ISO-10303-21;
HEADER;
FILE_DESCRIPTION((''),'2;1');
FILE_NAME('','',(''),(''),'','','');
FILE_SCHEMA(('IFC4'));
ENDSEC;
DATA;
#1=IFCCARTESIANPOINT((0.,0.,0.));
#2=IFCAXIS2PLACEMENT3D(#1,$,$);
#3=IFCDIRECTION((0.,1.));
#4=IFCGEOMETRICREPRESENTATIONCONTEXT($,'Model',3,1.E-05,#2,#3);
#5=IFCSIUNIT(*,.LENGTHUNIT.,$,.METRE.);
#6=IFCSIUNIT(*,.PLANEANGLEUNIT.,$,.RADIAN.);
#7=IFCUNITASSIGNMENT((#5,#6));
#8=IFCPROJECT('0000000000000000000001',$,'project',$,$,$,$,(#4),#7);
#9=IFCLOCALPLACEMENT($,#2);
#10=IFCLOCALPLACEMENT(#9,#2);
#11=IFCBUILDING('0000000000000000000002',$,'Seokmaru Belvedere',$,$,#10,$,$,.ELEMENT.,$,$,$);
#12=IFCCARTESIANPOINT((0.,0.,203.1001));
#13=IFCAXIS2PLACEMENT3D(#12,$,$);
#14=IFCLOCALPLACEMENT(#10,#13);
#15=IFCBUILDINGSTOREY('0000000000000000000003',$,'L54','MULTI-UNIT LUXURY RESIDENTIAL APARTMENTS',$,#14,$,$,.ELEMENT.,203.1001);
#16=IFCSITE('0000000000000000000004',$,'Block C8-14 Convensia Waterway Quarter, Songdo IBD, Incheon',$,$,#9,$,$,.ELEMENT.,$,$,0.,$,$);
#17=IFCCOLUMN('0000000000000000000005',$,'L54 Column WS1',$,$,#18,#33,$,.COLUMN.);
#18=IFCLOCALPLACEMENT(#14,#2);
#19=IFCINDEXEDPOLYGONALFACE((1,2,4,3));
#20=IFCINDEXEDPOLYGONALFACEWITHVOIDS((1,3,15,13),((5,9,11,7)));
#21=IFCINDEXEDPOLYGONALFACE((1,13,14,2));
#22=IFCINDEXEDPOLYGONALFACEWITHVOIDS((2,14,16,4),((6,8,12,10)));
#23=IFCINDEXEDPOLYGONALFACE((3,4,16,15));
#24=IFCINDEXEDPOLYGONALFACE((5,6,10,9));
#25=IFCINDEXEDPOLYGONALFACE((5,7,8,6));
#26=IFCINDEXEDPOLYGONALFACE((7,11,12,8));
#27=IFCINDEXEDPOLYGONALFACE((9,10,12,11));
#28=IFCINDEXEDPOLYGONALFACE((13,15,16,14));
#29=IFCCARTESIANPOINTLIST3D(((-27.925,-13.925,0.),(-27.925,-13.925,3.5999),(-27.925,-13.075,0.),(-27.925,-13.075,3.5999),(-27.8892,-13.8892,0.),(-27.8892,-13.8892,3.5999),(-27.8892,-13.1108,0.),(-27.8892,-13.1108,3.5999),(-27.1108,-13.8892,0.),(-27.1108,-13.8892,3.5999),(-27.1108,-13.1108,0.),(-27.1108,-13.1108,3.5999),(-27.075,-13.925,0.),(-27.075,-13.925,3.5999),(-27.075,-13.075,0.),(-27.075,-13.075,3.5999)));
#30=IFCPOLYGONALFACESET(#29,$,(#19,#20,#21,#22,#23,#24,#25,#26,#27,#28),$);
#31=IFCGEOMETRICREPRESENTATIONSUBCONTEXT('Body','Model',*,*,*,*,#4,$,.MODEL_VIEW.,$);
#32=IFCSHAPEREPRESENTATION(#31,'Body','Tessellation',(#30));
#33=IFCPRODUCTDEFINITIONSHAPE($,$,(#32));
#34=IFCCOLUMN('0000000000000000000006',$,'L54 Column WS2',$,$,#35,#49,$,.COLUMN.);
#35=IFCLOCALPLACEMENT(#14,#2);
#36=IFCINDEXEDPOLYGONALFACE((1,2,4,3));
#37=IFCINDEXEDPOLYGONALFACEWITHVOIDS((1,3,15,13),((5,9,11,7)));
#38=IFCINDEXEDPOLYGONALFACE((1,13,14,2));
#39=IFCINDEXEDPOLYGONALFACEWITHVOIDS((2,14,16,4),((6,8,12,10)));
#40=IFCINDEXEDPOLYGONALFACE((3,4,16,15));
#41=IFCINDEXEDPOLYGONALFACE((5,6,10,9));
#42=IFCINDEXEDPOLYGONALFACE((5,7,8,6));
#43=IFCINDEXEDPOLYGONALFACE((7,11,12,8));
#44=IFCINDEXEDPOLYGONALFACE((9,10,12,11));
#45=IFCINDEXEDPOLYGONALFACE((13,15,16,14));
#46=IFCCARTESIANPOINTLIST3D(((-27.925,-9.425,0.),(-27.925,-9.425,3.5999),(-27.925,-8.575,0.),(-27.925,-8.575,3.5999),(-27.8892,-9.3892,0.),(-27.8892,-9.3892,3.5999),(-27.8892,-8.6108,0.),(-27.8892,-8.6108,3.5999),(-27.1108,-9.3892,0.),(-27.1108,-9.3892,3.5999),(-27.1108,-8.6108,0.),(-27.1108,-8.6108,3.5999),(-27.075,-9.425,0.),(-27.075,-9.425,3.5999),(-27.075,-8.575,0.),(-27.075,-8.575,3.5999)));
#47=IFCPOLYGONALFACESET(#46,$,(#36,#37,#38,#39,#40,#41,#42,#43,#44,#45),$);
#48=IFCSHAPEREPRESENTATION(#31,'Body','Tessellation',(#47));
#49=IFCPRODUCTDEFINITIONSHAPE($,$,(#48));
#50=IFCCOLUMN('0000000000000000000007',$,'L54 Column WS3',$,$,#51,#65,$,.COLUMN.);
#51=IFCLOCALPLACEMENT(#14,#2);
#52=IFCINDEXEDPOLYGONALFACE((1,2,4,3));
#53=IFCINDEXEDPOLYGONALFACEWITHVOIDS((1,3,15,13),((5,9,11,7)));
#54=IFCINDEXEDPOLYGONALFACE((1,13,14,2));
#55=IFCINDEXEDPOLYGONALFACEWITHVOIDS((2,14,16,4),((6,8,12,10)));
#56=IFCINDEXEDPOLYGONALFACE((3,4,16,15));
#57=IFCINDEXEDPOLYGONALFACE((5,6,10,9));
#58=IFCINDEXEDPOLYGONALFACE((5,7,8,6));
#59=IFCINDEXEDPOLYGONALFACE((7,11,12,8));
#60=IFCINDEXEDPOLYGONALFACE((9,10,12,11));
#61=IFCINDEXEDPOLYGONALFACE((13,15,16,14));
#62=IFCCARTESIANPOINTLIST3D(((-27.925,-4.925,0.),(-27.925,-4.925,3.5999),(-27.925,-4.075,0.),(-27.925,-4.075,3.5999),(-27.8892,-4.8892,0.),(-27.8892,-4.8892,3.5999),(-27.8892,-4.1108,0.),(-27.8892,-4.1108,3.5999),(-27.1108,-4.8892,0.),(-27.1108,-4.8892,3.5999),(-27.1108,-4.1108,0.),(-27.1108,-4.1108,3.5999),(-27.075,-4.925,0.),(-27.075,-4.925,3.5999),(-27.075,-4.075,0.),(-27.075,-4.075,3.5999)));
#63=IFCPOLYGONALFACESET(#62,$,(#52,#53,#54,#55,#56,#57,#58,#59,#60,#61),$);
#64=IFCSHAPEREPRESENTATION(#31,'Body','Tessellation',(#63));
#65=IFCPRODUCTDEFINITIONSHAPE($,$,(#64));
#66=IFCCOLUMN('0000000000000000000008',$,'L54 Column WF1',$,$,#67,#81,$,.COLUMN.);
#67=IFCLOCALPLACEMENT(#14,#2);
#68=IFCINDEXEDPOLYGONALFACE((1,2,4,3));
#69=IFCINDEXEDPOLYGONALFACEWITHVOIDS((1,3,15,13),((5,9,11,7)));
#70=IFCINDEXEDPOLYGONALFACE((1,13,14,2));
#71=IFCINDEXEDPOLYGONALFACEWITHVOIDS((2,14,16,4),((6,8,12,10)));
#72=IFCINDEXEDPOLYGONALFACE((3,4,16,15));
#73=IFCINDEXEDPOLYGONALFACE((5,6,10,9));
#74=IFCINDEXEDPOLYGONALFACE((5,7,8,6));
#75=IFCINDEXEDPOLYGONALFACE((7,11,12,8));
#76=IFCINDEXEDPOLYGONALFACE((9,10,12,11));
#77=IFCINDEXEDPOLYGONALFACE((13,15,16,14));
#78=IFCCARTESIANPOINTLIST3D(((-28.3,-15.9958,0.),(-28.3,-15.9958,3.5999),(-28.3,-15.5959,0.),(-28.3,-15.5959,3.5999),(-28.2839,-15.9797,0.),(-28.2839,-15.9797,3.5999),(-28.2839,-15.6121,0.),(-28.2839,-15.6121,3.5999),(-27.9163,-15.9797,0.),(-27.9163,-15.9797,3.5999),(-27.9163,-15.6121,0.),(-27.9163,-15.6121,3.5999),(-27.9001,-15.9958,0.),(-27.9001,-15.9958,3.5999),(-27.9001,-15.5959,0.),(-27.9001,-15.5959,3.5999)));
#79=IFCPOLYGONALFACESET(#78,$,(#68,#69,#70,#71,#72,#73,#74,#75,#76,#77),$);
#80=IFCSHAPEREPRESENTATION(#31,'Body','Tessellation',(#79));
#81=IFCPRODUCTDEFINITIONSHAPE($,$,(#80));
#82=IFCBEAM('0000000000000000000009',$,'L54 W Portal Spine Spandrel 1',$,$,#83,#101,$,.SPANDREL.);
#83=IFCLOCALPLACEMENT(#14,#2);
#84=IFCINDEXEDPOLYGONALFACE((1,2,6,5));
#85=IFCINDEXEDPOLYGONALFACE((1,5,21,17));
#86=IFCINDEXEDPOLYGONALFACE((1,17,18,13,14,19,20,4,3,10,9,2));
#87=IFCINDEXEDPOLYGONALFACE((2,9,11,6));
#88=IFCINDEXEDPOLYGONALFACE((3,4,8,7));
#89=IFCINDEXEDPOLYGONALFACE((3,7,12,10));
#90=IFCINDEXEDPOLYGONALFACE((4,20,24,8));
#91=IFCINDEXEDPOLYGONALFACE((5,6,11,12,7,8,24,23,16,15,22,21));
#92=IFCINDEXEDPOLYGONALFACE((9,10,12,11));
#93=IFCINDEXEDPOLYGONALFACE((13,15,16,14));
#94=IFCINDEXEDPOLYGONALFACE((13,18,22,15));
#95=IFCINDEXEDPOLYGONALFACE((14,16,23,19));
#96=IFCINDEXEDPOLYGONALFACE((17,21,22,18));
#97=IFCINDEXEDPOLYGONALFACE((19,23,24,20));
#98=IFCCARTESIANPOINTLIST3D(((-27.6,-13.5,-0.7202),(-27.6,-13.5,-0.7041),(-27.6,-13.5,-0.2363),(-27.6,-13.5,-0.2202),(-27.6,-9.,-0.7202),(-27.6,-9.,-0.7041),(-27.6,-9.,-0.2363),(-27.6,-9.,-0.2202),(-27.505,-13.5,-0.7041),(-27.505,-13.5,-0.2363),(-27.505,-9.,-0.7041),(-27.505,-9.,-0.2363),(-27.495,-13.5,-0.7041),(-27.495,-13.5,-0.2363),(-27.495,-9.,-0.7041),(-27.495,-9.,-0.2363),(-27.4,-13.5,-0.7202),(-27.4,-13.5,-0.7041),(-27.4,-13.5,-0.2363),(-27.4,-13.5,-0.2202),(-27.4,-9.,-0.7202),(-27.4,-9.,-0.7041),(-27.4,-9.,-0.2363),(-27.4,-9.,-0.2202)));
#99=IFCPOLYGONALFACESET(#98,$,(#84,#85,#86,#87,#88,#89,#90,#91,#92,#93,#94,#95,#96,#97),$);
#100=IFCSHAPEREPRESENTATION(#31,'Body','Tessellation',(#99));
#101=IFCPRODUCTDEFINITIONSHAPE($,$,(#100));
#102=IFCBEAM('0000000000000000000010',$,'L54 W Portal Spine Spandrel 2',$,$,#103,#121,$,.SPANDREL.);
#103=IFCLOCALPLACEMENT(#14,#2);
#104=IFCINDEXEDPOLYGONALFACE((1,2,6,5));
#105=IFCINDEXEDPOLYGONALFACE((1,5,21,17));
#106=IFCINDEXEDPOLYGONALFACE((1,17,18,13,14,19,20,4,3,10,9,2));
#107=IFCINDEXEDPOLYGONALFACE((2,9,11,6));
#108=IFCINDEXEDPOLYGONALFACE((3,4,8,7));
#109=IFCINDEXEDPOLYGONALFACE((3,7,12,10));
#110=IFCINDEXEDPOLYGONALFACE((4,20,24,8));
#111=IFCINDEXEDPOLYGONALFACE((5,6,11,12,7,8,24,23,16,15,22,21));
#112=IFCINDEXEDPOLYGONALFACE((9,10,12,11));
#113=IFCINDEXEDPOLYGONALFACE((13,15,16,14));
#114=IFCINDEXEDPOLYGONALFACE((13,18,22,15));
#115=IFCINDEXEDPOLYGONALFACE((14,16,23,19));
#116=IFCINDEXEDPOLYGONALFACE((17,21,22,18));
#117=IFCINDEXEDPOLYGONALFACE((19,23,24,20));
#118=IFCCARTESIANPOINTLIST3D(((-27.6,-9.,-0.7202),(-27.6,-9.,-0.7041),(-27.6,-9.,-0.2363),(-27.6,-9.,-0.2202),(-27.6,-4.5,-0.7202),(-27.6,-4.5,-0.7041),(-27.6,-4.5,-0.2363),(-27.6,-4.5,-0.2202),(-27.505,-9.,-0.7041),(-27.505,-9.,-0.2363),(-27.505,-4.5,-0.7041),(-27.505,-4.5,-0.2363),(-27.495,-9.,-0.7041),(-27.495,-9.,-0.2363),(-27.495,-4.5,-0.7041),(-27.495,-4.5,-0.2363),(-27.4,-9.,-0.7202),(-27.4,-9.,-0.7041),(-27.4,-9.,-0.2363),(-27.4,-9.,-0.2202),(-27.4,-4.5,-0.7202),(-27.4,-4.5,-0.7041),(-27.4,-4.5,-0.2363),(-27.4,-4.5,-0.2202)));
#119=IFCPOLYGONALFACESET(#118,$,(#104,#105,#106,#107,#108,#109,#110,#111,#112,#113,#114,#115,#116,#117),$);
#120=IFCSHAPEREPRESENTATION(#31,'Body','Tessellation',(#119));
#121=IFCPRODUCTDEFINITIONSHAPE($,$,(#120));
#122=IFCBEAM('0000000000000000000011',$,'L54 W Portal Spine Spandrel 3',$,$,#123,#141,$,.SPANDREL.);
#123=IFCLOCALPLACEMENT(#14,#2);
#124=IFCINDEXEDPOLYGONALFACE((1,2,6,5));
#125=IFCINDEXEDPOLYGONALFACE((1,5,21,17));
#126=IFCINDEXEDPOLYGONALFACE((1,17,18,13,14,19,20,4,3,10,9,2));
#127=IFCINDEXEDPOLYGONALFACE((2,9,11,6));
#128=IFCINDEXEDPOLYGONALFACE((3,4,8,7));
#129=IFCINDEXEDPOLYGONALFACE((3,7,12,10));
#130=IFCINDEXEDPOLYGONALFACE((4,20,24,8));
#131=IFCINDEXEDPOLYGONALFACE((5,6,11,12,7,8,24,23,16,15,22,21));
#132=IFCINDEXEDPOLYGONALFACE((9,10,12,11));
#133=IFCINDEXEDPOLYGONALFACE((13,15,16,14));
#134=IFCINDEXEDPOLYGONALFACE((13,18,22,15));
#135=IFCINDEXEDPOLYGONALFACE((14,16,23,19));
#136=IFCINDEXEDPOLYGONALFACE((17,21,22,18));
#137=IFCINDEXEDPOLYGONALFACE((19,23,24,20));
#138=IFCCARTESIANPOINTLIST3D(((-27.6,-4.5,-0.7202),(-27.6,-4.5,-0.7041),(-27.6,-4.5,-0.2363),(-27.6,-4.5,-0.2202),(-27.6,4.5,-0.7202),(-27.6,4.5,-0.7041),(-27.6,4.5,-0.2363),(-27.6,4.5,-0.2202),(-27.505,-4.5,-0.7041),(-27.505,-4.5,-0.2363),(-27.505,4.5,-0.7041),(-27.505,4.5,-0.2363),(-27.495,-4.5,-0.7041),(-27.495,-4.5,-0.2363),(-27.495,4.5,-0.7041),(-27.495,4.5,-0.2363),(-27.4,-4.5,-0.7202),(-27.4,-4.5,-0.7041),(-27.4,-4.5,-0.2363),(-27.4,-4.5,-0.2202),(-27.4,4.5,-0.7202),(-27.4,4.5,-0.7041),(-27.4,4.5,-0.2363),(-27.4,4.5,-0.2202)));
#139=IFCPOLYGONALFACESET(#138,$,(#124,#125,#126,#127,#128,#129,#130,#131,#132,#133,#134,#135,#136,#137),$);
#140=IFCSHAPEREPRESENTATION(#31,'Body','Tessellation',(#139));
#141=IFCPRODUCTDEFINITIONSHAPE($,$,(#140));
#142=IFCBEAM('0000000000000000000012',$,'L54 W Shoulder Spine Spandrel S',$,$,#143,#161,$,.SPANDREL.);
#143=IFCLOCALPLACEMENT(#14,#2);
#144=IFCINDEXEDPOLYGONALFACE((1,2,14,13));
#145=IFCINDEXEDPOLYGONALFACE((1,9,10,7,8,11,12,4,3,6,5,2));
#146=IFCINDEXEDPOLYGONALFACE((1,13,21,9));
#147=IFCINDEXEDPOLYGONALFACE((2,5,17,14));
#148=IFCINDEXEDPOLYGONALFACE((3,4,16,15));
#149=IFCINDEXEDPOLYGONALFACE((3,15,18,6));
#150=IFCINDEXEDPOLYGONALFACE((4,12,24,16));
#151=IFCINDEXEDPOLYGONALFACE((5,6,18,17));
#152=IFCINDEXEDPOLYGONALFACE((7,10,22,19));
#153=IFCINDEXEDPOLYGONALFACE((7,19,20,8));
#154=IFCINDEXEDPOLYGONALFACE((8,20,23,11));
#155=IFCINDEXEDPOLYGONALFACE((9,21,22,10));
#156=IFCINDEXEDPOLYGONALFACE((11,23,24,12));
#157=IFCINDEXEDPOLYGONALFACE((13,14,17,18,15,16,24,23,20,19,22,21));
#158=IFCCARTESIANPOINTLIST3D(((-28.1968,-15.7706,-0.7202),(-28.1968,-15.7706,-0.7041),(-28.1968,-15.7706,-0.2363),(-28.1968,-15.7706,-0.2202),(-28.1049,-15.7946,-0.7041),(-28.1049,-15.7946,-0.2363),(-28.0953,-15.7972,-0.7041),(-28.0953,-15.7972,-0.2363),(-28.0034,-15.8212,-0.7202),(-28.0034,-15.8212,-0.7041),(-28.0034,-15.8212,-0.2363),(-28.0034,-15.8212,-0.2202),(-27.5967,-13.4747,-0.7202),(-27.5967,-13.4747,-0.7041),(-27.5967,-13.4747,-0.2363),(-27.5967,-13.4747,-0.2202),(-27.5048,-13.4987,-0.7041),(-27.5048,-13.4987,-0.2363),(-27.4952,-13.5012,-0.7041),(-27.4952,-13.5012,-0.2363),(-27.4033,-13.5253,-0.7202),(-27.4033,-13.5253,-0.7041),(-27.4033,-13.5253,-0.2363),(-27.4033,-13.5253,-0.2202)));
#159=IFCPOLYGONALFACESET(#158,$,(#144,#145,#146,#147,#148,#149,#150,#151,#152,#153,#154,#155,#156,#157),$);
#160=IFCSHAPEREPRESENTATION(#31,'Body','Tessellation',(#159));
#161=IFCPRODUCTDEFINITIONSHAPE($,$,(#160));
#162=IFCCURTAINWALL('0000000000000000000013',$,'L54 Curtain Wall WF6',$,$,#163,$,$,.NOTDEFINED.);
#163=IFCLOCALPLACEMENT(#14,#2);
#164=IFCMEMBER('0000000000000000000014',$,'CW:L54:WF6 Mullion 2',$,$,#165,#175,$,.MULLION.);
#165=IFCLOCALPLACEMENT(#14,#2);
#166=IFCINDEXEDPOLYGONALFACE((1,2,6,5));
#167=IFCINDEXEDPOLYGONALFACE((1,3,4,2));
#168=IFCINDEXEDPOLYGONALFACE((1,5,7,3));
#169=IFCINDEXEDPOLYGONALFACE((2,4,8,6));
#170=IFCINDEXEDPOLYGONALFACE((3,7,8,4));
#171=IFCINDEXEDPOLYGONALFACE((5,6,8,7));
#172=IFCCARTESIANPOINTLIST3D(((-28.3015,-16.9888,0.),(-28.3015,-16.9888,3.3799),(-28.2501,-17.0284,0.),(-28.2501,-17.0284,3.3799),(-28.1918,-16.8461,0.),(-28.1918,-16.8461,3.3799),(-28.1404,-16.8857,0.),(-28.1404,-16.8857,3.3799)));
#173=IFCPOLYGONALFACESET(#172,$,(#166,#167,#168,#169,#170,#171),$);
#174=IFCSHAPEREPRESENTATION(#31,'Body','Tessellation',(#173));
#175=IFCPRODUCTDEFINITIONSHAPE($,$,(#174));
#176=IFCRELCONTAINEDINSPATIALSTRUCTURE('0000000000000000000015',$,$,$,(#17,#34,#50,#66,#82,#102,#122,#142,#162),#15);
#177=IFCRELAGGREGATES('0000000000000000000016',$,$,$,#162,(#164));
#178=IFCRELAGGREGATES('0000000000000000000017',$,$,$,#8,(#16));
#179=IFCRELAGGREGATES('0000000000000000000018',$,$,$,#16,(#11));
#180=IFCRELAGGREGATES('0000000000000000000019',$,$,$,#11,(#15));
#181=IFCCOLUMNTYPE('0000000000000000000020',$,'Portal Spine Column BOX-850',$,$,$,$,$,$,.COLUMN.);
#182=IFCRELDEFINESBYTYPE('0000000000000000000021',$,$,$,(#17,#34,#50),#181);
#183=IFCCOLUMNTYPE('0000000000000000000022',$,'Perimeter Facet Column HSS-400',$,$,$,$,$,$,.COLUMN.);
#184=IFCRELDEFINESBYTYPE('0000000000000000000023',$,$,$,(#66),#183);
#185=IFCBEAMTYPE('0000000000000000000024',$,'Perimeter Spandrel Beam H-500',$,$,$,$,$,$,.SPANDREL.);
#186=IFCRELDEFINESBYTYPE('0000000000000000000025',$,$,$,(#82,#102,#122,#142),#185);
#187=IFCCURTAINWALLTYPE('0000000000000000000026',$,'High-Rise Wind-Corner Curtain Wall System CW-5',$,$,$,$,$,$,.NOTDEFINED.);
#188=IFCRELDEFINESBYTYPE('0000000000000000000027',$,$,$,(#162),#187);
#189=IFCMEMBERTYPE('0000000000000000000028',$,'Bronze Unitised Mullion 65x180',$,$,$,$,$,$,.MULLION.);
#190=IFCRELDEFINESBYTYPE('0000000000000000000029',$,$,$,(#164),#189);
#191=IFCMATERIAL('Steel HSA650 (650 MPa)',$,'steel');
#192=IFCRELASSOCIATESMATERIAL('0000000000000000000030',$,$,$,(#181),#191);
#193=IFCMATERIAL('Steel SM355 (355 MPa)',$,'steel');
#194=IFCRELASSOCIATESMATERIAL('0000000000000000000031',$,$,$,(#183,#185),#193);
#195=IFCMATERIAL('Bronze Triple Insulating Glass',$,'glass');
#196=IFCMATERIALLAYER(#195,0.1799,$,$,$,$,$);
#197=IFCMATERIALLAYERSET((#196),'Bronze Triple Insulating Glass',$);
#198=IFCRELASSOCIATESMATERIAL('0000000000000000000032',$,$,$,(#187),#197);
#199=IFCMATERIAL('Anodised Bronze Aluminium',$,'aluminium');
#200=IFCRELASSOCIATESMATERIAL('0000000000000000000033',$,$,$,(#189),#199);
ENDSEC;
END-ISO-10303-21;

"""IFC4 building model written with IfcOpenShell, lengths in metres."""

from ifc_helpers import new_model, si_unit, direction, frame, origin, origin_2d, place, context, subcontext, project, spatial, rectangle, hollow_rectangle, i_section, extrude, source, transform, mapped, material, layer, layer_set, material_profile, profile_set, type_object, type_shapes, element, aggregate, save


model = new_model("IFC4")

# Units and contexts
model_context = context("Model", 3, precision=1e-05, world=origin(), true_north=direction((0.0, 1.0)))
body_context = subcontext(model_context, "Body", "Model", "MODEL_VIEW")
ifc_project = project(units=[si_unit("LENGTHUNIT", "METRE"), si_unit("PLANEANGLEUNIT", "RADIAN")], contexts=[model_context])

# Site, building, storey
site_placement = place(None, origin())
site = spatial("IfcSite", under=ifc_project, at=site_placement, Name="Block C8-14 Convensia Waterway Quarter, Songdo IBD, Incheon", CompositionType="ELEMENT", RefElevation=0.0)
building_placement = place(site_placement, origin())
building = spatial("IfcBuilding", under=site, at=building_placement, Name="Seokmaru Belvedere", CompositionType="ELEMENT")
storey_placement = place(building_placement, frame((0.0, 0.0, 203.1001)))
storey = spatial("IfcBuildingStorey", under=building, at=storey_placement, Name="L54", Description="MULTI-UNIT LUXURY RESIDENTIAL APARTMENTS", CompositionType="ELEMENT", Elevation=203.1001)

# Columns
ifc_material_1 = material(Name="Steel HSA650 (650 MPa)", Category="steel")
ifc_material_profile_1 = material_profile(ifc_material_1, hollow_rectangle(XDim=0.8501, YDim=0.8501, WallThickness=0.0359, at=origin_2d()), Name="BOX-850x850x36")
ifc_profile_set_1 = profile_set([ifc_material_profile_1], Name="Steel HSA650 (650 MPa)")
column_type_1 = type_object("IfcColumnType", Name="Portal Spine Column BOX-850", PredefinedType="COLUMN", material=ifc_profile_set_1)
shared_shape_1 = source(origin(), body_context, "Body", "SweptSolid", [
    extrude(hollow_rectangle(XDim=0.8501, YDim=0.8501, WallThickness=0.0359, at=origin_2d()), origin(), (0.0, 0.0, 1.0), 3.5999),
])
type_shapes(column_type_1, [shared_shape_1])
for number, where, z_axis, x_axis, name in (
    (1, (-27.5, -13.5, 0.0), (0.0, 0.0, 1.0), (1.0, 0.0, 0.0), "L54 Column WS1"),
    (2, (-27.5, -9.0, 0.0), (0.0, 0.0, 1.0), (1.0, 0.0, 0.0), "L54 Column WS2"),
    (3, (-27.5, -4.5, 0.0), (0.0, 0.0, 1.0), (1.0, 0.0, 0.0), "L54 Column WS3"),
):
    element("IfcColumn", number, at=place(storey_placement, frame(where, z_axis=z_axis, x_axis=x_axis)), inside=storey, type_object=column_type_1, Name=name, PredefinedType="COLUMN", context=body_context, shape_type="MappedRepresentation", body=[
        mapped(shared_shape_1, transform((0.0, 0.0, 0.0), scale=1.0)),
    ])
ifc_material_2 = material(Name="Steel SM355 (355 MPa)", Category="steel")
ifc_material_profile_2 = material_profile(ifc_material_2, hollow_rectangle(XDim=0.3999, YDim=0.3999, WallThickness=0.0161, at=origin_2d()), Name="HSS-400x400x16")
ifc_profile_set_2 = profile_set([ifc_material_profile_2], Name="Steel SM355 (355 MPa)")
column_type_2 = type_object("IfcColumnType", Name="Perimeter Facet Column HSS-400", PredefinedType="COLUMN", material=ifc_profile_set_2)
shared_shape_2 = source(origin(), body_context, "Body", "SweptSolid", [
    extrude(hollow_rectangle(XDim=0.3999, YDim=0.3999, WallThickness=0.0161, at=origin_2d()), origin(), (0.0, 0.0, 1.0), 3.5999),
])
type_shapes(column_type_2, [shared_shape_2])
column_placement = place(storey_placement, frame((-28.1001, -15.7959, 0.0), z_axis=(0.0, 0.0, 1.0), x_axis=(1.0, 0.0, 0.0)))
element("IfcColumn", 4, at=column_placement, inside=storey, type_object=column_type_2, Name="L54 Column WF1", PredefinedType="COLUMN", context=body_context, shape_type="MappedRepresentation", body=[
    mapped(shared_shape_2, transform((0.0, 0.0, 0.0), scale=1.0)),
])

# Beams
ifc_material_profile_3 = material_profile(ifc_material_2, i_section(OverallWidth=0.2, OverallDepth=0.5, WebThickness=0.01, FlangeThickness=0.0161, at=origin_2d()), Name="H-500x200x10x16")
ifc_profile_set_3 = profile_set([ifc_material_profile_3], Name="Steel SM355 (355 MPa)")
beam_type_1 = type_object("IfcBeamType", Name="Perimeter Spandrel Beam H-500", PredefinedType="SPANDREL", material=ifc_profile_set_3)
shared_shape_3 = source(origin(), body_context, "Body", "SweptSolid", [
    extrude(i_section(OverallWidth=0.2, OverallDepth=0.5, WebThickness=0.01, FlangeThickness=0.0161, at=origin_2d()), origin(), (0.0, 0.0, 1.0), 4.5),
])
for number, where, z_axis, x_axis, name in (
    (5, (-27.5, -13.5, -0.4702), (0.0, 1.0, 0.0), (-1.0, 0.0, 0.0), "L54 W Portal Spine Spandrel 1"),
    (6, (-27.5, -9.0, -0.4702), (0.0, 1.0, 0.0), (-1.0, 0.0, 0.0), "L54 W Portal Spine Spandrel 2"),
):
    element("IfcBeam", number, at=place(storey_placement, frame(where, z_axis=z_axis, x_axis=x_axis)), inside=storey, type_object=beam_type_1, Name=name, PredefinedType="SPANDREL", context=body_context, shape_type="MappedRepresentation", body=[
        mapped(shared_shape_3, transform((0.0, 0.0, 0.0), scale=1.0)),
    ])
shared_shape_4 = source(origin(), body_context, "Body", "SweptSolid", [
    extrude(i_section(OverallWidth=0.2, OverallDepth=0.5, WebThickness=0.01, FlangeThickness=0.0161, at=origin_2d()), origin(), (0.0, 0.0, 1.0), 9.0),
])
beam_1_placement = place(storey_placement, frame((-27.5, -4.5, -0.4702), z_axis=(0.0, 1.0, 0.0), x_axis=(-1.0, 0.0, 0.0)))
element("IfcBeam", 7, at=beam_1_placement, inside=storey, type_object=beam_type_1, Name="L54 W Portal Spine Spandrel 3", PredefinedType="SPANDREL", context=body_context, shape_type="MappedRepresentation", body=[
    mapped(shared_shape_4, transform((0.0, 0.0, 0.0), scale=1.0)),
])
shared_shape_5 = source(origin(), body_context, "Body", "SweptSolid", [
    extrude(i_section(OverallWidth=0.2, OverallDepth=0.5, WebThickness=0.01, FlangeThickness=0.0161, at=origin_2d()), origin(), (0.0, 0.0, 1.0), 2.373),
])
type_shapes(beam_type_1, [shared_shape_3, shared_shape_4, shared_shape_5])
beam_2_placement = place(storey_placement, frame((-28.1001, -15.7959, -0.4702), z_axis=(0.252883, 0.967497, 0.0), x_axis=(-0.967497, 0.252883, 0.0)))
element("IfcBeam", 8, at=beam_2_placement, inside=storey, type_object=beam_type_1, Name="L54 W Shoulder Spine Spandrel S", PredefinedType="SPANDREL", context=body_context, shape_type="MappedRepresentation", body=[
    mapped(shared_shape_5, transform((0.0, 0.0, 0.0), scale=1.0)),
])

# Curtain wall, member
ifc_material_3 = material(Name="Bronze Triple Insulating Glass", Category="glass")
ifc_layer_1 = layer(ifc_material_3, 0.1799)
ifc_layer_set_1 = layer_set([ifc_layer_1], Name="Bronze Triple Insulating Glass")
curtain_wall_type = type_object("IfcCurtainWallType", Name="High-Rise Wind-Corner Curtain Wall System CW-5", PredefinedType="NOTDEFINED", material=ifc_layer_set_1)
curtain_wall_placement = place(storey_placement, origin())
curtain_wall = element("IfcCurtainWall", 9, at=curtain_wall_placement, inside=storey, type_object=curtain_wall_type, Name="L54 Curtain Wall WF6", PredefinedType="NOTDEFINED")
ifc_material_4 = material(Name="Anodised Bronze Aluminium", Category="aluminium")
ifc_material_profile_4 = material_profile(ifc_material_4, rectangle(XDim=0.0649, YDim=0.1799, at=origin_2d()), Name="CW-M-65x180")
ifc_profile_set_4 = profile_set([ifc_material_profile_4], Name="Anodised Bronze Aluminium")
member_type_1 = type_object("IfcMemberType", Name="Bronze Unitised Mullion 65x180", PredefinedType="MULLION", material=ifc_profile_set_4)
shared_shape_6 = source(origin(), body_context, "Body", "SweptSolid", [
    extrude(rectangle(XDim=0.0649, YDim=0.1799, at=origin_2d()), origin(), (0.0, 0.0, 1.0), 3.3799),
])
type_shapes(member_type_1, [shared_shape_6])
member_1_placement = place(storey_placement, frame((-28.2209, -16.9373, 0.0), z_axis=(0.0, 0.0, 1.0), x_axis=(-0.792631, 0.609701, 0.0)))
member_1 = element("IfcMember", 10, at=member_1_placement, type_object=member_type_1, Name="CW:L54:WF6 Mullion 2", PredefinedType="MULLION", context=body_context, shape_type="MappedRepresentation", body=[
    mapped(shared_shape_6, transform((0.0, 0.0, 0.0), scale=1.0)),
])

aggregate(curtain_wall, [member_1])

save(model, "model.ifc")
